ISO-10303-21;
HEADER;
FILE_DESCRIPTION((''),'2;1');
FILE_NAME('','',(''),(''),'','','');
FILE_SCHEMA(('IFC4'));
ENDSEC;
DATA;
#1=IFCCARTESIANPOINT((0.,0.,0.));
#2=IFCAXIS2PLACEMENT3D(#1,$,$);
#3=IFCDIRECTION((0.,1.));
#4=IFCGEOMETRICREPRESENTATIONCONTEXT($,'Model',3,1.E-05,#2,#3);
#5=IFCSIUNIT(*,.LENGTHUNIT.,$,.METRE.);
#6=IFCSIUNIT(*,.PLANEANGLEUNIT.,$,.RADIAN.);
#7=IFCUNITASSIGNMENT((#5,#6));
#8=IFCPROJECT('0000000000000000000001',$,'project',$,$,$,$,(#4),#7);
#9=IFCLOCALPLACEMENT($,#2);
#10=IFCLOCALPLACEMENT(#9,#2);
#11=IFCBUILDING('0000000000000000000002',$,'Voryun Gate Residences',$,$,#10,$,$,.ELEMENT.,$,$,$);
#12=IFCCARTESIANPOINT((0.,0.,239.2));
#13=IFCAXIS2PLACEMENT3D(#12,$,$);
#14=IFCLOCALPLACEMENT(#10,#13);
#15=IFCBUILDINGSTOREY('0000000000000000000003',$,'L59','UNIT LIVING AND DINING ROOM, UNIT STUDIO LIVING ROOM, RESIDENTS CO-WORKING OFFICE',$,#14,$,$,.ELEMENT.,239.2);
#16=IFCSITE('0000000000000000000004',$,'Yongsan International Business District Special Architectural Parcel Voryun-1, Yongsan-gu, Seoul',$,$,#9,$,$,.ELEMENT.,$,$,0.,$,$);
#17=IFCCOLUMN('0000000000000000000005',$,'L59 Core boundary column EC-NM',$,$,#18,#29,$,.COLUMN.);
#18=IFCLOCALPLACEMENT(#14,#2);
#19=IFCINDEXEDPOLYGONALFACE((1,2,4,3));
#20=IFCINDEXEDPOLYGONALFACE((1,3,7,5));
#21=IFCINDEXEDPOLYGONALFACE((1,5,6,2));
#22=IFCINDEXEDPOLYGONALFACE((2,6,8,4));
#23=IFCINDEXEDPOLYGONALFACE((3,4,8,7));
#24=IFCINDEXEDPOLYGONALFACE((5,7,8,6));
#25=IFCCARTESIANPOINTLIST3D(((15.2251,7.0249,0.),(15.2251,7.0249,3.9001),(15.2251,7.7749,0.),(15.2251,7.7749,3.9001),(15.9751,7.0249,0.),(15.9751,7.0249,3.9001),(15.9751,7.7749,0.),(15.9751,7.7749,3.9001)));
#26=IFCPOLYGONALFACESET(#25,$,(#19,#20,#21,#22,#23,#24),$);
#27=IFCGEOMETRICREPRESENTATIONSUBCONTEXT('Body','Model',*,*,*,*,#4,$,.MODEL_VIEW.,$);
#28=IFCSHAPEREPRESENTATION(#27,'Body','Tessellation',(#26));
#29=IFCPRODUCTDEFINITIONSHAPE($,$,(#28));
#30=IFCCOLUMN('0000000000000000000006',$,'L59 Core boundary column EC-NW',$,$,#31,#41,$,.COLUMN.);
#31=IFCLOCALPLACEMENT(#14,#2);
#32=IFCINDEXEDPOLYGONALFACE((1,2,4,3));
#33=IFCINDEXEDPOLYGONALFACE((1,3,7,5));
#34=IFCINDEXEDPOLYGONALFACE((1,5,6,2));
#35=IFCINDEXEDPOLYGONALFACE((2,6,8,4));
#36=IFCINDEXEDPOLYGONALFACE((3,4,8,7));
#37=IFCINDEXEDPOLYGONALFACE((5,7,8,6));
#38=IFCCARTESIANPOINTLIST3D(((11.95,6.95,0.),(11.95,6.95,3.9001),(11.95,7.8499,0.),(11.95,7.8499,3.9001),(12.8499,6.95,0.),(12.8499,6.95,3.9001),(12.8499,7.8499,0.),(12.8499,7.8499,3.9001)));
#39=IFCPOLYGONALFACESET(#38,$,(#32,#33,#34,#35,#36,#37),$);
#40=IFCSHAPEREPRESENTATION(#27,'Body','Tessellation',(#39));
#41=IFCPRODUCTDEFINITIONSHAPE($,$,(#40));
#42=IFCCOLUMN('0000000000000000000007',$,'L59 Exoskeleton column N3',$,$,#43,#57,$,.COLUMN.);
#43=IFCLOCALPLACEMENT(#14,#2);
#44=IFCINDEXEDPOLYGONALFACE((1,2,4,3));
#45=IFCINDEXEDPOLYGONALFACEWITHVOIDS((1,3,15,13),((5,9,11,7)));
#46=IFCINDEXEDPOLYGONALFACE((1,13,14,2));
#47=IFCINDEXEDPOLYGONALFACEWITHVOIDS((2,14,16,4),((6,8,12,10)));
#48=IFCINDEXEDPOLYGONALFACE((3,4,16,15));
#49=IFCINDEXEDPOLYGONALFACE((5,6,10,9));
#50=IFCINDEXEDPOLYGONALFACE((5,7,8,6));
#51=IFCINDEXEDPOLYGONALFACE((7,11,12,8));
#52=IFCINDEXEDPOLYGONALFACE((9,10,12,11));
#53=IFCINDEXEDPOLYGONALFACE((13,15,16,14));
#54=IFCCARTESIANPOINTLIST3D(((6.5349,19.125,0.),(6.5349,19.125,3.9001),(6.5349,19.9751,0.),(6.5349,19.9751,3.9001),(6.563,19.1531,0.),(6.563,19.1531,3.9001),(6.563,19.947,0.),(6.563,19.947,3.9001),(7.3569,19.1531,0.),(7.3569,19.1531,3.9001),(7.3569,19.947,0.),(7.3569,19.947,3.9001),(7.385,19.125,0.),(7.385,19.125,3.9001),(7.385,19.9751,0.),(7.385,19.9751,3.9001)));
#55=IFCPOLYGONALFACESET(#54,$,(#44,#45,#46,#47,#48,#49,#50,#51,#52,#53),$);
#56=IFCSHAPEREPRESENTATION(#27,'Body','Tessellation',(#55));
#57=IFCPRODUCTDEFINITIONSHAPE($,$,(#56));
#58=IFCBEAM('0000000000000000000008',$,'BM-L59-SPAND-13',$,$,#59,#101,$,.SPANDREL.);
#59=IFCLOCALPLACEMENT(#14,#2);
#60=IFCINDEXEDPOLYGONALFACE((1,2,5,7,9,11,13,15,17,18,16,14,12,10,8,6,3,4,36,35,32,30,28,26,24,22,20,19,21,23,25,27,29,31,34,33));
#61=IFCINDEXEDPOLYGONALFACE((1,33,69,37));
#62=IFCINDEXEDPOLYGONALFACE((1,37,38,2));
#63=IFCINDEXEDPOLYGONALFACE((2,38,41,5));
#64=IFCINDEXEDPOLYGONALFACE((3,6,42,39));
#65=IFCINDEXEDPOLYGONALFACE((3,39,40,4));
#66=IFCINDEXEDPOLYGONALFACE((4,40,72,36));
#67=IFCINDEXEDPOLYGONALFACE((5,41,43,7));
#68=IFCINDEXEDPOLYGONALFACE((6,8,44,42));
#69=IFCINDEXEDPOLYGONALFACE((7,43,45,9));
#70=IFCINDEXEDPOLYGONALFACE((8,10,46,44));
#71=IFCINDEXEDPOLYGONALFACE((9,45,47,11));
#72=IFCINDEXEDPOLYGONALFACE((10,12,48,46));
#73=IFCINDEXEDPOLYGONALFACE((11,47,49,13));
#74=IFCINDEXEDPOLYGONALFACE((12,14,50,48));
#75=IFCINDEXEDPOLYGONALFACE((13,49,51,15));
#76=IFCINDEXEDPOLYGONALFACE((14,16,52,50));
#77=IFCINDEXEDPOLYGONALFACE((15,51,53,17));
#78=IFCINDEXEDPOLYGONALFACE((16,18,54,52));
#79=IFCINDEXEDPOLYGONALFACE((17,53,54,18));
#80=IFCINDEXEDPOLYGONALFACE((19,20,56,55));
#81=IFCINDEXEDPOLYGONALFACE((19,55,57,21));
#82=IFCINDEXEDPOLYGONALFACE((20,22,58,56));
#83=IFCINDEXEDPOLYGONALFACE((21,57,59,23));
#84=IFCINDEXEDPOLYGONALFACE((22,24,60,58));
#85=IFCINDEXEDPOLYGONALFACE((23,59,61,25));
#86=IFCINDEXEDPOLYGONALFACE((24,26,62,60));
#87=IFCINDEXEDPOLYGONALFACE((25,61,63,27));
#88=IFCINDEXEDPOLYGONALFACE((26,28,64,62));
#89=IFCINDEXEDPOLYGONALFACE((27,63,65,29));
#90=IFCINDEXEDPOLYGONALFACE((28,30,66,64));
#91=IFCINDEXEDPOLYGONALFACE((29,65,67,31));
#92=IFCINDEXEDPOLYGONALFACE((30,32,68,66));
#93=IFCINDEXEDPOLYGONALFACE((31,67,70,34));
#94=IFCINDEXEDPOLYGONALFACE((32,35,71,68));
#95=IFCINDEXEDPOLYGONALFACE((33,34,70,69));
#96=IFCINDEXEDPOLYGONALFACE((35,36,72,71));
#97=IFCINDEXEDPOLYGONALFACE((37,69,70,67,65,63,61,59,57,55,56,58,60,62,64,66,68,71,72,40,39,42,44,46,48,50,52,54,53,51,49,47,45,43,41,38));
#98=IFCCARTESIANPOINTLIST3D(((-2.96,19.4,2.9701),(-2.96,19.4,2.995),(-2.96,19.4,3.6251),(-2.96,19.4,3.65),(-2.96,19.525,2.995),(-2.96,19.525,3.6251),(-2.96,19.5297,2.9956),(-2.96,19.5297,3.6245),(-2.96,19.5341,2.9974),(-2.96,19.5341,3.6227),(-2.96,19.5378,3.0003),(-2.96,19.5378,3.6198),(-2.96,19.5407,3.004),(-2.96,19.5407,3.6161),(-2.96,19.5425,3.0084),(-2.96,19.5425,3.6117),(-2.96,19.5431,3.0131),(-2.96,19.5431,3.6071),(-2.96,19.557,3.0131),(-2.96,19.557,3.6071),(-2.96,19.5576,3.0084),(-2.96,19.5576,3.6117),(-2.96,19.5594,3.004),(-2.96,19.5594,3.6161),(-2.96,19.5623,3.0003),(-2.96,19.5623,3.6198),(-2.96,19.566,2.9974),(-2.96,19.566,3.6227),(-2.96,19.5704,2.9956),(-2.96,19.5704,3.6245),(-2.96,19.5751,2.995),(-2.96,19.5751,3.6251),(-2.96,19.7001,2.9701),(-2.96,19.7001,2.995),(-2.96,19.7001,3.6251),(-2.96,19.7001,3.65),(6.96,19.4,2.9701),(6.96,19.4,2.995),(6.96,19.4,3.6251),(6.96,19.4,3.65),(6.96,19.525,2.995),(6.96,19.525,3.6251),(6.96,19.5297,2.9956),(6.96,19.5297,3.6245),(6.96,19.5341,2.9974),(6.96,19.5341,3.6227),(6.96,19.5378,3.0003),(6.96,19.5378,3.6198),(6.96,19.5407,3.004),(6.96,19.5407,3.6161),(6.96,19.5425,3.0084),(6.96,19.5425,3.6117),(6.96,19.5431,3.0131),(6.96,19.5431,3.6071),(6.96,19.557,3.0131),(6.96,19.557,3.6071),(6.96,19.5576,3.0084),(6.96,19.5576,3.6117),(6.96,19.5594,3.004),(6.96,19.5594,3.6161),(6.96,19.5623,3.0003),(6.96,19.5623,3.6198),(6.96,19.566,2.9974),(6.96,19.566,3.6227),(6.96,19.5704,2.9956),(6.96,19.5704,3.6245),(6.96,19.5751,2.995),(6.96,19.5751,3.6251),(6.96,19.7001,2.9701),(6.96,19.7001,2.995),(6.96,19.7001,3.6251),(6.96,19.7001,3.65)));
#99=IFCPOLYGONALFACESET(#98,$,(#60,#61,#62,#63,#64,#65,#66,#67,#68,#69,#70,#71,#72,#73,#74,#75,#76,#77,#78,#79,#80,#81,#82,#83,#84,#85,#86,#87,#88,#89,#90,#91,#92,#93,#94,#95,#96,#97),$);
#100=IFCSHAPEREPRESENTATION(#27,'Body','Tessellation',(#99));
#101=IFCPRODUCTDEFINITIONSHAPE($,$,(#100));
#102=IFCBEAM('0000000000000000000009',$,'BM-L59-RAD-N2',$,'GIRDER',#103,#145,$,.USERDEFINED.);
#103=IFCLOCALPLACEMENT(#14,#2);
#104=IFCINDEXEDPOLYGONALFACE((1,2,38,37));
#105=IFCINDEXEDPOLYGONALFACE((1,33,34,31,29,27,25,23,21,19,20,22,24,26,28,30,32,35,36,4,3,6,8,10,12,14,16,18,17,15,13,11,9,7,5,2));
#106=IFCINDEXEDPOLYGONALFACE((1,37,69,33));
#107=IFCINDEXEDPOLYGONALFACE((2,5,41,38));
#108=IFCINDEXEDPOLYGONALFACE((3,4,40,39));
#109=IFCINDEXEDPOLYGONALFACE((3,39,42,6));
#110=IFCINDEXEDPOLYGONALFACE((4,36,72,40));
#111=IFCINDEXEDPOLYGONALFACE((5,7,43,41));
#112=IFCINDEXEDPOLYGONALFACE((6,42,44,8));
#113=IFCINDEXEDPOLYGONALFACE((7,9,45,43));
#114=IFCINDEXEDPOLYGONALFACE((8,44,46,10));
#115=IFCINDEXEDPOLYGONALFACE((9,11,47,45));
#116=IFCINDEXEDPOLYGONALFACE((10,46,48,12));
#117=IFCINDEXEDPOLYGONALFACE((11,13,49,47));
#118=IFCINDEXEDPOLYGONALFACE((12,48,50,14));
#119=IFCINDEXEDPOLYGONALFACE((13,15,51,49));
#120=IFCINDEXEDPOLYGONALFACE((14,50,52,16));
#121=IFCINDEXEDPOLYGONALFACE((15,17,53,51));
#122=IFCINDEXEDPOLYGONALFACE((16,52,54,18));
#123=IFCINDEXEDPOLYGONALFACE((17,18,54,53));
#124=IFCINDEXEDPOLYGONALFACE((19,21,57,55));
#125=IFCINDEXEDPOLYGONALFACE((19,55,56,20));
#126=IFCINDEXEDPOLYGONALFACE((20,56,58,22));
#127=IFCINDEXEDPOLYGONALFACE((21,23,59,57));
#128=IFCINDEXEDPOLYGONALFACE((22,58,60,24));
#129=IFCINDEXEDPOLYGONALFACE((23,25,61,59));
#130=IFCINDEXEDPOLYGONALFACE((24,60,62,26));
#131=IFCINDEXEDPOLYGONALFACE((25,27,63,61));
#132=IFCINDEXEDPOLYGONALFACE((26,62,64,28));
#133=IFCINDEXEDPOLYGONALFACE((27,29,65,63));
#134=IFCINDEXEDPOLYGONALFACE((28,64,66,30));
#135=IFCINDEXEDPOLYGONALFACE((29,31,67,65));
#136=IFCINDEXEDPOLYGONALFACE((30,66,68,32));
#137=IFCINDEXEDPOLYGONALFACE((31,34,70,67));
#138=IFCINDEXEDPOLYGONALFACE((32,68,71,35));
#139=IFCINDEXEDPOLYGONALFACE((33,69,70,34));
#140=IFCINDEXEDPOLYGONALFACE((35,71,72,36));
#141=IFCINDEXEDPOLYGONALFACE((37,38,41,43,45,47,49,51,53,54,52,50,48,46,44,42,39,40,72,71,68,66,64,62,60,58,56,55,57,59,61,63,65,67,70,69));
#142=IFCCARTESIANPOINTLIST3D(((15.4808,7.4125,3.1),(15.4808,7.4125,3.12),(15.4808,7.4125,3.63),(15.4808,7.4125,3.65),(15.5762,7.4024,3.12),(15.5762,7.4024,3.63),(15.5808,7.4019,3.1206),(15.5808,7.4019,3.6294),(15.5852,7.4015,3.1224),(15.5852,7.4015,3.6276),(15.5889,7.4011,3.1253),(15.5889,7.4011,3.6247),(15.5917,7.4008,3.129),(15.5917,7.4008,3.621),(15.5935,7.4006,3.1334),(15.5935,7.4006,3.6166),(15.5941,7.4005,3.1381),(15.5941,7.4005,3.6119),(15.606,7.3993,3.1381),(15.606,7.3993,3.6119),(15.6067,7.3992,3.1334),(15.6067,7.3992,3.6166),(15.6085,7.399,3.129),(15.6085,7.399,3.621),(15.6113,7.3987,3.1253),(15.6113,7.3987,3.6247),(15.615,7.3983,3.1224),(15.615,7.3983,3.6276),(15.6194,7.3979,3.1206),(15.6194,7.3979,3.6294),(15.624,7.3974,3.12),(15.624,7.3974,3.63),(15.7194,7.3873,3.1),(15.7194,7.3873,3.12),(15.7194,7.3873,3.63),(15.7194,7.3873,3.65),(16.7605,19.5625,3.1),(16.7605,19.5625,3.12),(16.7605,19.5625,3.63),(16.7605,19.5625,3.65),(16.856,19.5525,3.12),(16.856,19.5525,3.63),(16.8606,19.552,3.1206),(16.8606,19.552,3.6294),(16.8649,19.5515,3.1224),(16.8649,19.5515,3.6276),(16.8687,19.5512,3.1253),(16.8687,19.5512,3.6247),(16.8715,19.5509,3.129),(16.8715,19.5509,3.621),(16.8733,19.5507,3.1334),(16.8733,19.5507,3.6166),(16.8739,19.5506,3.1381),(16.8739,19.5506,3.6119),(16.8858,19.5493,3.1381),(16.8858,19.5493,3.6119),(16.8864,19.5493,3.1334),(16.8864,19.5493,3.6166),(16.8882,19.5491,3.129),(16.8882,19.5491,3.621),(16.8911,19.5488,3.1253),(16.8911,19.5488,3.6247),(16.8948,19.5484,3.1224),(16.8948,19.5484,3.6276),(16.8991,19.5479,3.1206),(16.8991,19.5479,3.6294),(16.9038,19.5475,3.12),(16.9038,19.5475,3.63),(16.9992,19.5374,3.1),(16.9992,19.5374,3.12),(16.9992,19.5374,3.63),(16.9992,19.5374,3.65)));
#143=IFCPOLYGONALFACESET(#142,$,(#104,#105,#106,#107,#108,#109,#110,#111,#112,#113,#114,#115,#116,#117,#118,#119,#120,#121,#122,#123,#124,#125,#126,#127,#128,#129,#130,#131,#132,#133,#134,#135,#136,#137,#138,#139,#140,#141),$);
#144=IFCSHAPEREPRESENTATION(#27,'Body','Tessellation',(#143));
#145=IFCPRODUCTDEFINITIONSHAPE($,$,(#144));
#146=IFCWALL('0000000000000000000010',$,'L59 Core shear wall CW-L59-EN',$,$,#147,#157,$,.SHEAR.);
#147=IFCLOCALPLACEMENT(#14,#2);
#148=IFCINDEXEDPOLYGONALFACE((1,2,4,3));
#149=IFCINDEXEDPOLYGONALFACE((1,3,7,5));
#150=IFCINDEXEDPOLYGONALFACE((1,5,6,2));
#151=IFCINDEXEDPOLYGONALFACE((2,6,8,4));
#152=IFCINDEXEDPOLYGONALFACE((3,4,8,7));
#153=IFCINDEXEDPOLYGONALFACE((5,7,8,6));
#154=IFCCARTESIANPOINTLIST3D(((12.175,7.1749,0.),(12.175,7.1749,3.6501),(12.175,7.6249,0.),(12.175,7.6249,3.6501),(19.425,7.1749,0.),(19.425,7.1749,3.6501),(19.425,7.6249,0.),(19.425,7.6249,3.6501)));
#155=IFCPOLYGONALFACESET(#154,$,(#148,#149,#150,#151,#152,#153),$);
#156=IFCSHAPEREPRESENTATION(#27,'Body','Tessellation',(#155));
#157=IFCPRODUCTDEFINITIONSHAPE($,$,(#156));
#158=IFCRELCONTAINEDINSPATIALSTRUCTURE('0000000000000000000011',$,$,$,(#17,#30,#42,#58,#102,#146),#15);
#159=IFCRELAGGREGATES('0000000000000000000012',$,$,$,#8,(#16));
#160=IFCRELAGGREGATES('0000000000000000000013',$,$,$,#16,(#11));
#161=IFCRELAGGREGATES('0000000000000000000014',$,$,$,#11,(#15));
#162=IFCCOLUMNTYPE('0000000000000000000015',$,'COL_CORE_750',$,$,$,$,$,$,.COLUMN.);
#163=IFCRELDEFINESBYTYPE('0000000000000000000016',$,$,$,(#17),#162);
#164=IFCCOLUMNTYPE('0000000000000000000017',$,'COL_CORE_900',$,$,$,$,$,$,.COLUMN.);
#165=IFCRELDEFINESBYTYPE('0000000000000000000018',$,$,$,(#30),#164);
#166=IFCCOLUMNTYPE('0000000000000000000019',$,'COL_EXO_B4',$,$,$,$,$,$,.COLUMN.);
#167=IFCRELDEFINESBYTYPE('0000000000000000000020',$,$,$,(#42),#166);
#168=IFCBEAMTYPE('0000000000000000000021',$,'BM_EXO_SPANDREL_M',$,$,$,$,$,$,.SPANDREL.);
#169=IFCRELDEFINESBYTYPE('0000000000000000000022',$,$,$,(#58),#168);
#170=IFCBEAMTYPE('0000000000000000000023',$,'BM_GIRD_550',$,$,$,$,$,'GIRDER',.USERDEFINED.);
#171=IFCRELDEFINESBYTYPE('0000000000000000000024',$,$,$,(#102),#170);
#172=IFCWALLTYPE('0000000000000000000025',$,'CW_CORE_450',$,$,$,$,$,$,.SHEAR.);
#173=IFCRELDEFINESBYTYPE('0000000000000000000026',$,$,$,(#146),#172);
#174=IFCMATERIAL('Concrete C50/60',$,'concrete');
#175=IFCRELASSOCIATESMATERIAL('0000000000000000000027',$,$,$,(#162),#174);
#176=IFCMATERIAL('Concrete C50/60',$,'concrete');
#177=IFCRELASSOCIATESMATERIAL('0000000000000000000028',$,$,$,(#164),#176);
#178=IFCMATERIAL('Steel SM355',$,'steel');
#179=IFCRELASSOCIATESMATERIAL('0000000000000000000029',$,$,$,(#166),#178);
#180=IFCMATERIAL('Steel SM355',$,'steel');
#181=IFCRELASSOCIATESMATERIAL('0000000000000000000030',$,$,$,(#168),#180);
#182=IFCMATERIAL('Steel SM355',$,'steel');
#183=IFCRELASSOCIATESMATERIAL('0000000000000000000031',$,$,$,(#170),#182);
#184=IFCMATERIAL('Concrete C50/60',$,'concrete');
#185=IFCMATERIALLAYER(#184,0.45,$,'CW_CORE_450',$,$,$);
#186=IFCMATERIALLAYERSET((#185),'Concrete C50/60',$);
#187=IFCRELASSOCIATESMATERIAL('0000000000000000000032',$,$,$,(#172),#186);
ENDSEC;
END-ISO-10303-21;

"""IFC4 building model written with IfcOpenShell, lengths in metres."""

from ifc_helpers import new_model, si_unit, direction, frame, frame_2d, origin, origin_2d, place, context, subcontext, project, spatial, rectangle, hollow_rectangle, i_section, extrude, material, layer, layer_set, material_profile, profile_set, type_object, element, save


model = new_model("IFC4")

# Units and contexts
model_context = context("Model", 3, precision=1e-05, world=origin(), true_north=direction((0.0, 1.0)))
body_context = subcontext(model_context, "Body", "Model", "MODEL_VIEW")
ifc_project = project(units=[si_unit("LENGTHUNIT", "METRE"), si_unit("PLANEANGLEUNIT", "RADIAN")], contexts=[model_context])

# Site, building, storey
site_placement = place(None, origin())
site = spatial("IfcSite", under=ifc_project, at=site_placement, Name="Yongsan International Business District Special Architectural Parcel Voryun-1, Yongsan-gu, Seoul", CompositionType="ELEMENT", RefElevation=0.0)
building_placement = place(site_placement, origin())
building = spatial("IfcBuilding", under=site, at=building_placement, Name="Voryun Gate Residences", CompositionType="ELEMENT")
storey_placement = place(building_placement, frame((0.0, 0.0, 239.2)))
storey = spatial("IfcBuildingStorey", under=building, at=storey_placement, Name="L59", Description="UNIT LIVING AND DINING ROOM, UNIT STUDIO LIVING ROOM, RESIDENTS CO-WORKING OFFICE", CompositionType="ELEMENT", Elevation=239.2)

# Columns
ifc_material_1 = material(Name="Concrete C50/60", Category="concrete")
ifc_material_profile_1 = material_profile(ifc_material_1, rectangle(XDim=0.75, YDim=0.75, at=origin_2d()), Name="RC-750x750")
ifc_profile_set_1 = profile_set([ifc_material_profile_1], Name="Concrete C50/60")
column_type_1 = type_object("IfcColumnType", Name="COL_CORE_750", PredefinedType="COLUMN", material=ifc_profile_set_1)
column_1_placement = place(storey_placement, frame((15.6001, 7.3999, 0.0), z_axis=(0.0, 0.0, 1.0), x_axis=(1.0, 0.0, 0.0)))
element("IfcColumn", 1, at=column_1_placement, inside=storey, type_object=column_type_1, Name="L59 Core boundary column EC-NM", PredefinedType="COLUMN", context=body_context, shape_type="SweptSolid", body=[
    extrude(rectangle(XDim=0.75, YDim=0.75, at=origin_2d()), origin(), (0.0, 0.0, 1.0), 3.9001),
])
ifc_material_2 = material(Name="Concrete C50/60", Category="concrete")
ifc_material_profile_2 = material_profile(ifc_material_2, rectangle(XDim=0.8999, YDim=0.8999, at=origin_2d()), Name="RC-900x900")
ifc_profile_set_2 = profile_set([ifc_material_profile_2], Name="Concrete C50/60")
column_type_2 = type_object("IfcColumnType", Name="COL_CORE_900", PredefinedType="COLUMN", material=ifc_profile_set_2)
column_2_placement = place(storey_placement, frame((12.3999, 7.3999, 0.0), z_axis=(0.0, 0.0, 1.0), x_axis=(1.0, 0.0, 0.0)))
element("IfcColumn", 2, at=column_2_placement, inside=storey, type_object=column_type_2, Name="L59 Core boundary column EC-NW", PredefinedType="COLUMN", context=body_context, shape_type="SweptSolid", body=[
    extrude(rectangle(XDim=0.8999, YDim=0.8999, at=origin_2d()), origin(), (0.0, 0.0, 1.0), 3.9001),
])
ifc_material_3 = material(Name="Steel SM355", Category="steel")
ifc_material_profile_3 = material_profile(ifc_material_3, hollow_rectangle(XDim=0.8501, YDim=0.8501, WallThickness=0.0281, at=origin_2d()), Name="BOX-850x850x28")
ifc_profile_set_3 = profile_set([ifc_material_profile_3], Name="Steel SM355")
column_type_3 = type_object("IfcColumnType", Name="COL_EXO_B4", PredefinedType="COLUMN", material=ifc_profile_set_3)
column_3_placement = place(storey_placement, frame((6.96, 19.55, 0.0), z_axis=(0.0, 0.0, 1.0), x_axis=(1.0, 0.0, 0.0)))
element("IfcColumn", 3, at=column_3_placement, inside=storey, type_object=column_type_3, Name="L59 Exoskeleton column N3", PredefinedType="COLUMN", context=body_context, shape_type="SweptSolid", body=[
    extrude(hollow_rectangle(XDim=0.8501, YDim=0.8501, WallThickness=0.0281, at=origin_2d()), origin(), (0.0, 0.0, 1.0), 3.9001),
])

# Beams
ifc_material_4 = material(Name="Steel SM355", Category="steel")
ifc_material_profile_4 = material_profile(ifc_material_4, i_section(OverallWidth=0.3, OverallDepth=0.6799, WebThickness=0.0139, FlangeThickness=0.0249, FilletRadius=0.0181, at=origin_2d()), Name="H-680x300x14x25")
ifc_profile_set_4 = profile_set([ifc_material_profile_4], Name="Steel SM355")
beam_type_1 = type_object("IfcBeamType", Name="BM_EXO_SPANDREL_M", PredefinedType="SPANDREL", material=ifc_profile_set_4)
beam_1_placement = place(storey_placement, frame((6.96, 19.55, 3.3101), z_axis=(-1.0, 0.0, 0.0), x_axis=(0.0, -1.0, 0.0)))
element("IfcBeam", 4, at=beam_1_placement, inside=storey, type_object=beam_type_1, Name="BM-L59-SPAND-13", PredefinedType="SPANDREL", context=body_context, shape_type="SweptSolid", body=[
    extrude(i_section(OverallWidth=0.3, OverallDepth=0.6799, WebThickness=0.0139, FlangeThickness=0.0249, FilletRadius=0.0181, at=origin_2d()), origin(), (0.0, 0.0, 1.0), 9.9199),
])
ifc_material_5 = material(Name="Steel SM355", Category="steel")
ifc_material_profile_5 = material_profile(ifc_material_5, i_section(OverallWidth=0.24, OverallDepth=0.55, WebThickness=0.012, FlangeThickness=0.02, FilletRadius=0.0181, at=origin_2d()), Name="H-550x240x12x20")
ifc_profile_set_5 = profile_set([ifc_material_profile_5], Name="Steel SM355")
beam_type_2 = type_object("IfcBeamType", Name="BM_GIRD_550", ElementType="GIRDER", PredefinedType="USERDEFINED", material=ifc_profile_set_5)
beam_2_placement = place(storey_placement, frame((15.6001, 7.3999, 3.375), z_axis=(0.104751, 0.994498, 0.0), x_axis=(-0.994498, 0.104751, 0.0)))
element("IfcBeam", 5, at=beam_2_placement, inside=storey, type_object=beam_type_2, Name="BM-L59-RAD-N2", ObjectType="GIRDER", PredefinedType="USERDEFINED", context=body_context, shape_type="SweptSolid", body=[
    extrude(i_section(OverallWidth=0.24, OverallDepth=0.55, WebThickness=0.012, FlangeThickness=0.02, FilletRadius=0.0181, at=origin_2d()), origin(), (0.0, 0.0, 1.0), 12.2173),
])

# Wall
ifc_material_6 = material(Name="Concrete C50/60", Category="concrete")
ifc_layer_1 = layer(ifc_material_6, 0.45, Name="CW_CORE_450")
ifc_layer_set_1 = layer_set([ifc_layer_1], Name="Concrete C50/60")
wall_type_1 = type_object("IfcWallType", Name="CW_CORE_450", PredefinedType="SHEAR", material=ifc_layer_set_1)
wall_1_placement = place(storey_placement, frame((12.175, 7.3999, 0.0), z_axis=(0.0, 0.0, 1.0), x_axis=(1.0, 0.0, 0.0)))
element("IfcWall", 6, at=wall_1_placement, inside=storey, type_object=wall_type_1, Name="L59 Core shear wall CW-L59-EN", PredefinedType="SHEAR", context=body_context, shape_type="SweptSolid", body=[
    extrude(rectangle(XDim=7.25, YDim=0.45, at=frame_2d((3.625, 0.0))), origin(), (0.0, 0.0, 1.0), 3.6501),
])

save(model, "model.ifc")
